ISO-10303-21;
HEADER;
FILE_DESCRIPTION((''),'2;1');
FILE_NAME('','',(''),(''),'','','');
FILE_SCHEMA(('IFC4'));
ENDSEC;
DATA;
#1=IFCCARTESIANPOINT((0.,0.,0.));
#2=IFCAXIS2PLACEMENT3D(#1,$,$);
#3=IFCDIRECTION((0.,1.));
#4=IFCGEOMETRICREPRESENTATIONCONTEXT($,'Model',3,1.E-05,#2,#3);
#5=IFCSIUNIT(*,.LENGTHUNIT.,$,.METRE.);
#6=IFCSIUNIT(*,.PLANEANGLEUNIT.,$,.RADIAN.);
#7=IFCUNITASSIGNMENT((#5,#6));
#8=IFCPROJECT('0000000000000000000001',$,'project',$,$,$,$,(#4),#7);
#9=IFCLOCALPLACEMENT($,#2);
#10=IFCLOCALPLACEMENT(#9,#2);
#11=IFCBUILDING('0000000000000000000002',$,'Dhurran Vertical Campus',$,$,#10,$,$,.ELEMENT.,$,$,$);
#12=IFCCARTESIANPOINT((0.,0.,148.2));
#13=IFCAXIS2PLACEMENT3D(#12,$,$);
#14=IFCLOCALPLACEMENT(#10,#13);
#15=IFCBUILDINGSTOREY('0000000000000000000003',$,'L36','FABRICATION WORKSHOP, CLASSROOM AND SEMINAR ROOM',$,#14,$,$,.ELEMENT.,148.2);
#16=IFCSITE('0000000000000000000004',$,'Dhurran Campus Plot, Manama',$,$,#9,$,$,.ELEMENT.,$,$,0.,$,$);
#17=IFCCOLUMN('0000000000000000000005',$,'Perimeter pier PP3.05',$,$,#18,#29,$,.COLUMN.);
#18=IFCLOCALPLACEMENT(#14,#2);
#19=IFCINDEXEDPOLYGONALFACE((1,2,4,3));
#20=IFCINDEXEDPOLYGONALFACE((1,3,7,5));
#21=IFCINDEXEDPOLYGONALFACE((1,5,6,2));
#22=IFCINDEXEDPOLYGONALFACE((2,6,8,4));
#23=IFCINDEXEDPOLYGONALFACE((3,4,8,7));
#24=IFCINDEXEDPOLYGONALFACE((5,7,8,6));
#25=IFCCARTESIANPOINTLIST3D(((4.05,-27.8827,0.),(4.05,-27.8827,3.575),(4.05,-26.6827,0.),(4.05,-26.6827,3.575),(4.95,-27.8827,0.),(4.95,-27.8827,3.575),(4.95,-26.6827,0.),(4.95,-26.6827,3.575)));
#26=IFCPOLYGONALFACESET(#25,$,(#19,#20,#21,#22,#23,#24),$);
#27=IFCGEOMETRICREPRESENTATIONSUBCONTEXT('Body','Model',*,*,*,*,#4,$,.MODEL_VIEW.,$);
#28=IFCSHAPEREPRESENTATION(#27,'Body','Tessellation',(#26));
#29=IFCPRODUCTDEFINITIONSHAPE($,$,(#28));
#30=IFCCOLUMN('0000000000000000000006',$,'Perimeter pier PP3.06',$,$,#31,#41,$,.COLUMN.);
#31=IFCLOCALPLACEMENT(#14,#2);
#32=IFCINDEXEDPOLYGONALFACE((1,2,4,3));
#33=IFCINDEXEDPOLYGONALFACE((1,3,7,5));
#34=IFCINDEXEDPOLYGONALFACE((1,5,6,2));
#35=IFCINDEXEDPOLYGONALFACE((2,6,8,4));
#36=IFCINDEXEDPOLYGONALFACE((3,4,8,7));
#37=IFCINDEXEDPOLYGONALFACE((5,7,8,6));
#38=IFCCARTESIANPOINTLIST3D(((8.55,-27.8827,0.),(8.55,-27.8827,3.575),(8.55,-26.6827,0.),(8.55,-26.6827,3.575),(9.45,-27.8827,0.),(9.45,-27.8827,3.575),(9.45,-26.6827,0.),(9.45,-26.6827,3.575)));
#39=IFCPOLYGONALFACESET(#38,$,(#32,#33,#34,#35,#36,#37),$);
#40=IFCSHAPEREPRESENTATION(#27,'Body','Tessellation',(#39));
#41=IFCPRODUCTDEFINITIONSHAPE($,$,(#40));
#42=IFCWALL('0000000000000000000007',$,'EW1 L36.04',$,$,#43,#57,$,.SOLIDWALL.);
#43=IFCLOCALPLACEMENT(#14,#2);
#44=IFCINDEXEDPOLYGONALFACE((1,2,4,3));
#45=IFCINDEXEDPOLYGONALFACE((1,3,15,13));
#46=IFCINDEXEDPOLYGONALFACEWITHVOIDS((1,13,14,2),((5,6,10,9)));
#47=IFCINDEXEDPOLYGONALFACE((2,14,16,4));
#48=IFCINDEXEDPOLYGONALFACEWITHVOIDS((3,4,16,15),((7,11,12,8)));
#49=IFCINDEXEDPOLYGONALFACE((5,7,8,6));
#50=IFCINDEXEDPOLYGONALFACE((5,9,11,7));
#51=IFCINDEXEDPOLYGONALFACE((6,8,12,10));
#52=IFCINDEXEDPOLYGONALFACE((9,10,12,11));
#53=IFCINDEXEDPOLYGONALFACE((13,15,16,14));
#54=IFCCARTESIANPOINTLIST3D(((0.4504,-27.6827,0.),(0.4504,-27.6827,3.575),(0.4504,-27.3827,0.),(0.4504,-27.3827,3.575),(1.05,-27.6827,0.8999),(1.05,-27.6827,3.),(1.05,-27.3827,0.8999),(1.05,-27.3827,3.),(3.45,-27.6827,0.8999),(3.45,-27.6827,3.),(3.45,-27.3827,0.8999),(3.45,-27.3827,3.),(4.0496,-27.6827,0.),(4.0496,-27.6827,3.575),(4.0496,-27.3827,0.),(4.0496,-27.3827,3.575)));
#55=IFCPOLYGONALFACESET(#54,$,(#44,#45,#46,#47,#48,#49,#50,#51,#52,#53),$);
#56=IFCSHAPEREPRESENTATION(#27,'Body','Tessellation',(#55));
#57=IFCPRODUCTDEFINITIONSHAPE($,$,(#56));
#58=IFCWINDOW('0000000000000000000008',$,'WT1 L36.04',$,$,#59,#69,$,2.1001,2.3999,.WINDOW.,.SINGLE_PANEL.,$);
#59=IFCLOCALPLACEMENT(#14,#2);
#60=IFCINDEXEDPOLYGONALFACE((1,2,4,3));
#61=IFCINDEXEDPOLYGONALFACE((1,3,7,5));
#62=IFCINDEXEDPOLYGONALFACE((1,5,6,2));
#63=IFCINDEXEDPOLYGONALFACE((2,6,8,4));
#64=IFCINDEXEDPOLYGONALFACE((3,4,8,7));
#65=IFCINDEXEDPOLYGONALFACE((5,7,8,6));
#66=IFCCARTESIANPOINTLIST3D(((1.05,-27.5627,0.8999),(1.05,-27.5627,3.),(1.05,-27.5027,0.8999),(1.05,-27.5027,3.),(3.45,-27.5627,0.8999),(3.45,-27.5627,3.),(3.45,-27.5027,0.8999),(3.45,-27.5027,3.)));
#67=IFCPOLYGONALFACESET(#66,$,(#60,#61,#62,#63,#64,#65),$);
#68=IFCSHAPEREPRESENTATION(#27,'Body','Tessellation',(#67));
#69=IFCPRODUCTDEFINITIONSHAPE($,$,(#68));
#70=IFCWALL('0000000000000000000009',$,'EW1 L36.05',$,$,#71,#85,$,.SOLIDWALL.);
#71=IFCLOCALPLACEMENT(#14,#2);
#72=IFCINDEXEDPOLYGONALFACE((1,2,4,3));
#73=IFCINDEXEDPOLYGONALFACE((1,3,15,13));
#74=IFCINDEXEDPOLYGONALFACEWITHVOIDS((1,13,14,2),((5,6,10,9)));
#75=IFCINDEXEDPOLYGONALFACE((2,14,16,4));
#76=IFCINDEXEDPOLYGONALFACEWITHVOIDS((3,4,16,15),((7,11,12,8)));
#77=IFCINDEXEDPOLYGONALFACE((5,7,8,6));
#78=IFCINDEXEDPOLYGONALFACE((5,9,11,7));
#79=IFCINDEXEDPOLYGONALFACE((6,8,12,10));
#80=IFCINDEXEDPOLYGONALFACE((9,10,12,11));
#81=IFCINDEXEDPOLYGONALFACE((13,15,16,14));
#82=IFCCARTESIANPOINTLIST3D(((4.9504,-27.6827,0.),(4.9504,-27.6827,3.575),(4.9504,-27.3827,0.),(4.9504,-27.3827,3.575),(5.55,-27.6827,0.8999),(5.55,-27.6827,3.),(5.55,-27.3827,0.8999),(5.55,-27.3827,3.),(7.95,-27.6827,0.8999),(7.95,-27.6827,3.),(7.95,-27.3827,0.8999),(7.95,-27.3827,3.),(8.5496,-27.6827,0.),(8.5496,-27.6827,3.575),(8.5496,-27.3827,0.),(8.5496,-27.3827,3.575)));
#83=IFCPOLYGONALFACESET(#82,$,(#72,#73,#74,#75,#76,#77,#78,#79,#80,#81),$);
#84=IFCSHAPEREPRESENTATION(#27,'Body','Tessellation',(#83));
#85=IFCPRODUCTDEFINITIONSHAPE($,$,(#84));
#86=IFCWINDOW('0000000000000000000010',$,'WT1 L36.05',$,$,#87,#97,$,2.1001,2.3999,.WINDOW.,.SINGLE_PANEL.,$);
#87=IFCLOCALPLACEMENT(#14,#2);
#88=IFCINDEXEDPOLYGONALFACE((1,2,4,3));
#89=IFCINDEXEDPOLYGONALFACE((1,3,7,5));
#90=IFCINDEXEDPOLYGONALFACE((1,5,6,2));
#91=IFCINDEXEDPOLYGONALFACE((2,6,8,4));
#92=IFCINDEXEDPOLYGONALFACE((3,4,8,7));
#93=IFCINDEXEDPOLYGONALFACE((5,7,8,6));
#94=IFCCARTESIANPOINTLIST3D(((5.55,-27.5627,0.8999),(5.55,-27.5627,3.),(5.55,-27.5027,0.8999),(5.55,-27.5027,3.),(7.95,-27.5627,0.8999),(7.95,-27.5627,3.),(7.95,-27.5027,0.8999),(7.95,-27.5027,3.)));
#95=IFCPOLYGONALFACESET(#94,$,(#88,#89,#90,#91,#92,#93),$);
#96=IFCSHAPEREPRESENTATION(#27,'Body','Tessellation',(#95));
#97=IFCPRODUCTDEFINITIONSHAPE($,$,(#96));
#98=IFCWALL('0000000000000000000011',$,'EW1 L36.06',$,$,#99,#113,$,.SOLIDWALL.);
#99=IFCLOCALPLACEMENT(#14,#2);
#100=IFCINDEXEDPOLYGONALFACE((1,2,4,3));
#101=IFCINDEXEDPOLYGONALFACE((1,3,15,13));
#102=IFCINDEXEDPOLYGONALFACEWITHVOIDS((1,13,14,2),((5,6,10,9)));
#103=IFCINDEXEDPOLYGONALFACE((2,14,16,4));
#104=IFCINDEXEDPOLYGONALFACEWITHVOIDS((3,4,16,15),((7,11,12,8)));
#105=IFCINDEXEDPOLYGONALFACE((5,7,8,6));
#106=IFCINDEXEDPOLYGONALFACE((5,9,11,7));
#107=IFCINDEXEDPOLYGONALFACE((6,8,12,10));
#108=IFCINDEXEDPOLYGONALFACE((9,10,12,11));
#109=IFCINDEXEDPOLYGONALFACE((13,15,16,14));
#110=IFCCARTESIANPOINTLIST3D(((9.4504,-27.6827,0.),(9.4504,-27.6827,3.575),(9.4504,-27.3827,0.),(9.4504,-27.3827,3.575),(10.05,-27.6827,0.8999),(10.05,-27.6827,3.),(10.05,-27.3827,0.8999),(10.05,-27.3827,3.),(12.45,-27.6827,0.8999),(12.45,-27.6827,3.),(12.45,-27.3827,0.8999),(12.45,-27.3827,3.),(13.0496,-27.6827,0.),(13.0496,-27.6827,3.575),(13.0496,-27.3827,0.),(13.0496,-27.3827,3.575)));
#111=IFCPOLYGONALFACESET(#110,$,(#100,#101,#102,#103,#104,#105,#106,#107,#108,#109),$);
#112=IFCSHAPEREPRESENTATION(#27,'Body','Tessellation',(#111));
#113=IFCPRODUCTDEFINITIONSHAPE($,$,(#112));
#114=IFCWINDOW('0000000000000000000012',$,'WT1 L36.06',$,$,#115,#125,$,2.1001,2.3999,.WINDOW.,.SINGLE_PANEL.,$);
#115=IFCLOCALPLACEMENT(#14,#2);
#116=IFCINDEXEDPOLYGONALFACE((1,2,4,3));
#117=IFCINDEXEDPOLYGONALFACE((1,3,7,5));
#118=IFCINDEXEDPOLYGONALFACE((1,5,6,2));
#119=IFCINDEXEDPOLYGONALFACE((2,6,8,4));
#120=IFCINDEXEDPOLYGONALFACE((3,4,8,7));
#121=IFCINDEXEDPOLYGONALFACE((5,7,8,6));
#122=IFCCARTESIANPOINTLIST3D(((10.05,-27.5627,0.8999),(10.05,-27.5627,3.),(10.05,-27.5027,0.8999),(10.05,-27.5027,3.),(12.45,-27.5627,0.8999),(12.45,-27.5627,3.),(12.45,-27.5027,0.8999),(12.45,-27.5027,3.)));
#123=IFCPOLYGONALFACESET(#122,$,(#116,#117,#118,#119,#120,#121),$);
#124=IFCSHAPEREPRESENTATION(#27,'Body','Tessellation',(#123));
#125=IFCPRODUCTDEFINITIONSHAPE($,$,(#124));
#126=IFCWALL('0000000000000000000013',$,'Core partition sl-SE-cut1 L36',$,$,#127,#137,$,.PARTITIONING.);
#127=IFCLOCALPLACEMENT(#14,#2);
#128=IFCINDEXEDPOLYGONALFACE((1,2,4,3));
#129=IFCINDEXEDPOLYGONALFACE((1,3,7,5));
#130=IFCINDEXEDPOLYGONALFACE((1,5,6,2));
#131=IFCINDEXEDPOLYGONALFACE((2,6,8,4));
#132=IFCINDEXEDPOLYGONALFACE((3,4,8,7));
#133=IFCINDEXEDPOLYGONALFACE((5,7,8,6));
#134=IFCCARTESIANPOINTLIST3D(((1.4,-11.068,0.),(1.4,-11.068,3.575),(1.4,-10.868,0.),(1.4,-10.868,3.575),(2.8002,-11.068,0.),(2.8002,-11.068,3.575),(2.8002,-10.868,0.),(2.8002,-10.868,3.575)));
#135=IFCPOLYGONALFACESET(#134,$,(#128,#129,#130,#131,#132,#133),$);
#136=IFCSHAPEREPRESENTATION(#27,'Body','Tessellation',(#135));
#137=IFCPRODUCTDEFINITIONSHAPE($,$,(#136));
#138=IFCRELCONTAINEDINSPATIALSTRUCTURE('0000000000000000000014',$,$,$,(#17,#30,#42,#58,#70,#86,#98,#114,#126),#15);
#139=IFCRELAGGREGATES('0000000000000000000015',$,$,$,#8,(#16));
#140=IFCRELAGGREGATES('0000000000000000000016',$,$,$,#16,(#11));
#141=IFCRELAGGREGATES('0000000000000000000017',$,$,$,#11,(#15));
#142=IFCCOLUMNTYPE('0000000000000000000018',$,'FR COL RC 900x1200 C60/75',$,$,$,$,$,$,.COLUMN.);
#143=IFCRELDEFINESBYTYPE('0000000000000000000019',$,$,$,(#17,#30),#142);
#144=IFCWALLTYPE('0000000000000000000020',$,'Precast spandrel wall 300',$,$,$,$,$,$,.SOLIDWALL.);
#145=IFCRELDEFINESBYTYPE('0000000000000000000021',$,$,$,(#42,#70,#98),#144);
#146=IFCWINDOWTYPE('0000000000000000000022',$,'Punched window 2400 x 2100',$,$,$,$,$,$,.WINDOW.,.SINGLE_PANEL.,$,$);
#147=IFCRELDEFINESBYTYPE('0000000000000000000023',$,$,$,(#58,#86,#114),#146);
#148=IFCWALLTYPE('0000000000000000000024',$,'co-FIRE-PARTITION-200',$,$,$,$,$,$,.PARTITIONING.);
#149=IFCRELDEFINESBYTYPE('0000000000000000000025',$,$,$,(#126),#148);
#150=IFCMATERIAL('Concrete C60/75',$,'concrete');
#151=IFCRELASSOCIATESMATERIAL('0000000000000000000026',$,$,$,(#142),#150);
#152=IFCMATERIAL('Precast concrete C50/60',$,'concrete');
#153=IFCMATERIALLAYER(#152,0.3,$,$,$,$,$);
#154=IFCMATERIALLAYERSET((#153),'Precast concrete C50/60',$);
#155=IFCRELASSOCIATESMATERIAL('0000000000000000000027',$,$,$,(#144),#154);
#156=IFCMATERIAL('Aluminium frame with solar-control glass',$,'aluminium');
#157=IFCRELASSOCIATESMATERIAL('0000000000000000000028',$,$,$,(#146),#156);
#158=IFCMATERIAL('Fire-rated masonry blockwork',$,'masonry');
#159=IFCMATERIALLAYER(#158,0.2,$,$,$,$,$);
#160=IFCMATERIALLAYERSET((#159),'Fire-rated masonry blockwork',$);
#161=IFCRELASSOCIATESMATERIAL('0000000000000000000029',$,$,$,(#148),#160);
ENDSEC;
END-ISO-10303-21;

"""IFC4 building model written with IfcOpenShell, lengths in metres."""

from ifc_helpers import new_model, si_unit, direction, frame, frame_2d, origin, origin_2d, place, context, subcontext, project, spatial, rectangle, extrude, material, layer, layer_set, material_profile, profile_set, type_object, element, fill, save


model = new_model("IFC4")

# Units and contexts
model_context = context("Model", 3, precision=1e-05, world=origin(), true_north=direction((0.0, 1.0)))
body_context = subcontext(model_context, "Body", "Model", "MODEL_VIEW")
ifc_project = project(units=[si_unit("LENGTHUNIT", "METRE"), si_unit("PLANEANGLEUNIT", "RADIAN")], contexts=[model_context])

# Site, building, storey
site_placement = place(None, origin())
site = spatial("IfcSite", under=ifc_project, at=site_placement, Name="Dhurran Campus Plot, Manama", CompositionType="ELEMENT", RefElevation=0.0)
building_placement = place(site_placement, origin())
building = spatial("IfcBuilding", under=site, at=building_placement, Name="Dhurran Vertical Campus", CompositionType="ELEMENT")
storey_placement = place(building_placement, frame((0.0, 0.0, 148.2)))
storey = spatial("IfcBuildingStorey", under=building, at=storey_placement, Name="L36", Description="FABRICATION WORKSHOP, CLASSROOM AND SEMINAR ROOM", CompositionType="ELEMENT", Elevation=148.2)

# Columns
ifc_material_1 = material(Name="Concrete C60/75", Category="concrete")
ifc_material_profile = material_profile(ifc_material_1, rectangle(XDim=0.8999, YDim=1.2, at=origin_2d()), Name="RC 900x1200")
ifc_profile_set = profile_set([ifc_material_profile], Name="Concrete C60/75")
column_type = type_object("IfcColumnType", Name="FR COL RC 900x1200 C60/75", PredefinedType="COLUMN", material=ifc_profile_set)
for number, where, z_axis, x_axis, name in (
    (1, (4.5, -27.2827, 0.0), (0.0, 0.0, 1.0), (1.0, 0.0, 0.0), "Perimeter pier PP3.05"),
    (2, (9.0, -27.2827, 0.0), (0.0, 0.0, 1.0), (1.0, 0.0, 0.0), "Perimeter pier PP3.06"),
):
    element("IfcColumn", number, at=place(storey_placement, frame(where, z_axis=z_axis, x_axis=x_axis)), inside=storey, type_object=column_type, Name=name, PredefinedType="COLUMN", context=body_context, shape_type="SweptSolid", body=[
        extrude(rectangle(XDim=0.8999, YDim=1.2, at=origin_2d()), origin(), (0.0, 0.0, 1.0), 3.575),
    ])

# Walls, openings, windows
ifc_material_2 = material(Name="Precast concrete C50/60", Category="concrete")
ifc_layer_1 = layer(ifc_material_2, 0.3)
ifc_layer_set_1 = layer_set([ifc_layer_1], Name="Precast concrete C50/60")
wall_type_1 = type_object("IfcWallType", Name="Precast spandrel wall 300", PredefinedType="SOLIDWALL", material=ifc_layer_set_1)
wall_1_placement = place(storey_placement, frame((0.4504, -27.5327, 0.0), z_axis=(0.0, 0.0, 1.0), x_axis=(1.0, 0.0, 0.0)))
wall_1 = element("IfcWall", 3, at=wall_1_placement, inside=storey, type_object=wall_type_1, Name="EW1 L36.04", PredefinedType="SOLIDWALL", context=body_context, shape_type="SweptSolid", body=[
    extrude(rectangle(XDim=3.5991, YDim=0.3, at=frame_2d((1.7996, 0.0))), origin(), (0.0, 0.0, 1.0), 3.575),
])
opening_1_placement = place(wall_1_placement, frame((0.5996, 0.0, 0.8999)))
opening_1 = element("IfcOpeningElement", 4, at=opening_1_placement, cuts=wall_1, PredefinedType="OPENING", context=body_context, shape_type="SweptSolid", body=[
    extrude(rectangle(XDim=2.3999, YDim=2.1001, at=frame_2d((1.2, 1.05))), frame((0.0, 0.1599, 0.0), z_axis=(0.0, -1.0, 0.0), x_axis=(1.0, 0.0, 0.0)), (0.0, 0.0, 1.0), 0.3201),
])
ifc_material_3 = material(Name="Aluminium frame with solar-control glass", Category="aluminium")
window_type = type_object("IfcWindowType", Name="Punched window 2400 x 2100", PartitioningType="SINGLE_PANEL", PredefinedType="WINDOW", material=ifc_material_3)
window_1_placement = place(opening_1_placement, origin())
window_1 = element("IfcWindow", 5, at=window_1_placement, inside=storey, type_object=window_type, Name="WT1 L36.04", OverallHeight=2.1001, OverallWidth=2.3999, PartitioningType="SINGLE_PANEL", PredefinedType="WINDOW", context=body_context, shape_type="SweptSolid", body=[
    extrude(rectangle(XDim=2.3999, YDim=2.1001, at=frame_2d((1.2, 1.05))), frame((0.0, 0.03, 0.0), z_axis=(0.0, -1.0, 0.0), x_axis=(1.0, 0.0, 0.0)), (0.0, 0.0, 1.0), 0.0601),
])
fill(opening_1, window_1)
wall_2_placement = place(storey_placement, frame((4.9504, -27.5327, 0.0), z_axis=(0.0, 0.0, 1.0), x_axis=(1.0, 0.0, 0.0)))
wall_2 = element("IfcWall", 6, at=wall_2_placement, inside=storey, type_object=wall_type_1, Name="EW1 L36.05", PredefinedType="SOLIDWALL", context=body_context, shape_type="SweptSolid", body=[
    extrude(rectangle(XDim=3.5991, YDim=0.3, at=frame_2d((1.7996, 0.0))), origin(), (0.0, 0.0, 1.0), 3.575),
])
opening_2_placement = place(wall_2_placement, frame((0.5996, 0.0, 0.8999)))
opening_2 = element("IfcOpeningElement", 7, at=opening_2_placement, cuts=wall_2, PredefinedType="OPENING", context=body_context, shape_type="SweptSolid", body=[
    extrude(rectangle(XDim=2.3999, YDim=2.1001, at=frame_2d((1.2, 1.05))), frame((0.0, 0.1599, 0.0), z_axis=(0.0, -1.0, 0.0), x_axis=(1.0, 0.0, 0.0)), (0.0, 0.0, 1.0), 0.3201),
])
window_2_placement = place(opening_2_placement, origin())
window_2 = element("IfcWindow", 8, at=window_2_placement, inside=storey, type_object=window_type, Name="WT1 L36.05", OverallHeight=2.1001, OverallWidth=2.3999, PartitioningType="SINGLE_PANEL", PredefinedType="WINDOW", context=body_context, shape_type="SweptSolid", body=[
    extrude(rectangle(XDim=2.3999, YDim=2.1001, at=frame_2d((1.2, 1.05))), frame((0.0, 0.03, 0.0), z_axis=(0.0, -1.0, 0.0), x_axis=(1.0, 0.0, 0.0)), (0.0, 0.0, 1.0), 0.0601),
])
fill(opening_2, window_2)
wall_3_placement = place(storey_placement, frame((9.4504, -27.5327, 0.0), z_axis=(0.0, 0.0, 1.0), x_axis=(1.0, 0.0, 0.0)))
wall_3 = element("IfcWall", 9, at=wall_3_placement, inside=storey, type_object=wall_type_1, Name="EW1 L36.06", PredefinedType="SOLIDWALL", context=body_context, shape_type="SweptSolid", body=[
    extrude(rectangle(XDim=3.5991, YDim=0.3, at=frame_2d((1.7996, 0.0))), origin(), (0.0, 0.0, 1.0), 3.575),
])
opening_3_placement = place(wall_3_placement, frame((0.5996, 0.0, 0.8999)))
opening_3 = element("IfcOpeningElement", 10, at=opening_3_placement, cuts=wall_3, PredefinedType="OPENING", context=body_context, shape_type="SweptSolid", body=[
    extrude(rectangle(XDim=2.3999, YDim=2.1001, at=frame_2d((1.2, 1.05))), frame((0.0, 0.1599, 0.0), z_axis=(0.0, -1.0, 0.0), x_axis=(1.0, 0.0, 0.0)), (0.0, 0.0, 1.0), 0.3201),
])
window_3_placement = place(opening_3_placement, origin())
window_3 = element("IfcWindow", 11, at=window_3_placement, inside=storey, type_object=window_type, Name="WT1 L36.06", OverallHeight=2.1001, OverallWidth=2.3999, PartitioningType="SINGLE_PANEL", PredefinedType="WINDOW", context=body_context, shape_type="SweptSolid", body=[
    extrude(rectangle(XDim=2.3999, YDim=2.1001, at=frame_2d((1.2, 1.05))), frame((0.0, 0.03, 0.0), z_axis=(0.0, -1.0, 0.0), x_axis=(1.0, 0.0, 0.0)), (0.0, 0.0, 1.0), 0.0601),
])
fill(opening_3, window_3)

# Wall
ifc_material_4 = material(Name="Fire-rated masonry blockwork", Category="masonry")
ifc_layer_2 = layer(ifc_material_4, 0.2)
ifc_layer_set_2 = layer_set([ifc_layer_2], Name="Fire-rated masonry blockwork")
wall_type_2 = type_object("IfcWallType", Name="co-FIRE-PARTITION-200", PredefinedType="PARTITIONING", material=ifc_layer_set_2)
wall_4_placement = place(storey_placement, frame((1.3999, -10.968, 0.0), z_axis=(0.0, 0.0, 1.0), x_axis=(1.0, 0.0, 0.0)))
element("IfcWall", 12, at=wall_4_placement, inside=storey, type_object=wall_type_2, Name="Core partition sl-SE-cut1 L36", PredefinedType="PARTITIONING", context=body_context, shape_type="SweptSolid", body=[
    extrude(rectangle(XDim=1.4001, YDim=0.2, at=frame_2d((0.7002, 0.0))), origin(), (0.0, 0.0, 1.0), 3.575),
])

save(model, "model.ifc")
